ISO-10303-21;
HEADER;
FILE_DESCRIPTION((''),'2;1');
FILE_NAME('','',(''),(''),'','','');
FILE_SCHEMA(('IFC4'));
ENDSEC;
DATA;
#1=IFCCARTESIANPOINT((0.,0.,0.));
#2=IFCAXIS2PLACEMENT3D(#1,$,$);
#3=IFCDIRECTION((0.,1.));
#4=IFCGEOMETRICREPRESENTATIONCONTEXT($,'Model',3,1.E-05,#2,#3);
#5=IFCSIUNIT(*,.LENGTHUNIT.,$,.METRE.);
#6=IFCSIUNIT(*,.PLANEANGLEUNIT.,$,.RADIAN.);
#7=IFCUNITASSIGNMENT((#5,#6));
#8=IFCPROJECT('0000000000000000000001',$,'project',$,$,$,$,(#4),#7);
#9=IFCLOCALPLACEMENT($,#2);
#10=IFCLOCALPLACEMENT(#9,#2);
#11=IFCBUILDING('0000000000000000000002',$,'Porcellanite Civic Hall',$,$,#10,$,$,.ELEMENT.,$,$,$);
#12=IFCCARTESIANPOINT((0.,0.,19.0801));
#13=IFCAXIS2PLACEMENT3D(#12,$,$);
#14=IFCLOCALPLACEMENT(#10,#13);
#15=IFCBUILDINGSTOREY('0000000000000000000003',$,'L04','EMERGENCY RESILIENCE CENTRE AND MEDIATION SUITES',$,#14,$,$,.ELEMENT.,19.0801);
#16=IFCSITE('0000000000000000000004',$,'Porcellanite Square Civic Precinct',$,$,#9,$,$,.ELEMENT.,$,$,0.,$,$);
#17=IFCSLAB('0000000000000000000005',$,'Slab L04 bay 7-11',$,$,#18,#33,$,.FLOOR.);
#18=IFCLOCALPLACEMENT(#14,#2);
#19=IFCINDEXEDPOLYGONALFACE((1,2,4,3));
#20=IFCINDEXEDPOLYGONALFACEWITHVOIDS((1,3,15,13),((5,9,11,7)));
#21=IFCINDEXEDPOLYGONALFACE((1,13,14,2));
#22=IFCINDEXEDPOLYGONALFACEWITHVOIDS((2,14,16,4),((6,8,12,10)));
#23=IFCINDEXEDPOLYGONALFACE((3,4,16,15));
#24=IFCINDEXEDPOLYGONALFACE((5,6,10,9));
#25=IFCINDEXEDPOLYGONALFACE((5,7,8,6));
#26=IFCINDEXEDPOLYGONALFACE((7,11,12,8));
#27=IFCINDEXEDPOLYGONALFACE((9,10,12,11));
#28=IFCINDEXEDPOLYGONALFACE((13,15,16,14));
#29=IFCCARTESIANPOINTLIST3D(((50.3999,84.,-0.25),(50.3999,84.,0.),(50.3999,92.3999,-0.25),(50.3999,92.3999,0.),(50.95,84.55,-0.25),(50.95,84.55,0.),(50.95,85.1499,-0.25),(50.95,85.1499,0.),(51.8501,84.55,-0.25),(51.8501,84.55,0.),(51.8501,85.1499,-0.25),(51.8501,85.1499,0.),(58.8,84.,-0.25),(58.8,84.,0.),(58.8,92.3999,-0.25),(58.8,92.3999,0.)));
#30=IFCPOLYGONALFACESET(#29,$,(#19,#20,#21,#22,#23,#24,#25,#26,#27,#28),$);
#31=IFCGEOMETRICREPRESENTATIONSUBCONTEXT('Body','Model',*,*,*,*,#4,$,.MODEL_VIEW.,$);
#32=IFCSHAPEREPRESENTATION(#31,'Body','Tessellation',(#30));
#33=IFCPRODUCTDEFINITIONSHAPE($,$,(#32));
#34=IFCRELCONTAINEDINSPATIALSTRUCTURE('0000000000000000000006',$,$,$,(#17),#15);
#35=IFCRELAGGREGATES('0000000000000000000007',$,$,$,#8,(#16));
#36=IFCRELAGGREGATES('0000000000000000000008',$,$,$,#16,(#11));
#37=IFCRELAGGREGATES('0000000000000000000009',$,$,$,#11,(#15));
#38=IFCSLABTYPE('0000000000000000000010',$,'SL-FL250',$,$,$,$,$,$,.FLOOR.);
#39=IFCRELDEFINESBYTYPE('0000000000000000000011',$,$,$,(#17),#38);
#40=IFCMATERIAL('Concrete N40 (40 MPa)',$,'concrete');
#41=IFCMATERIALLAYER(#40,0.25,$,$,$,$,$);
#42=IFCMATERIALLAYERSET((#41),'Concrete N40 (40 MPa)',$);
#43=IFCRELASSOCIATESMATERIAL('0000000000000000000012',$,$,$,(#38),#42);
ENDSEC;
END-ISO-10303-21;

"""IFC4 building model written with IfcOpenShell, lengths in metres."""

from ifc_helpers import new_model, si_unit, direction, frame, origin, place, context, subcontext, project, spatial, polyline, outline, extrude, material, layer, layer_set, type_object, element, save


model = new_model("IFC4")

# Units and contexts
model_context = context("Model", 3, precision=1e-05, world=origin(), true_north=direction((0.0, 1.0)))
body_context = subcontext(model_context, "Body", "Model", "MODEL_VIEW")
ifc_project = project(units=[si_unit("LENGTHUNIT", "METRE"), si_unit("PLANEANGLEUNIT", "RADIAN")], contexts=[model_context])

# Site, building, storey
site_placement = place(None, origin())
site = spatial("IfcSite", under=ifc_project, at=site_placement, Name="Porcellanite Square Civic Precinct", CompositionType="ELEMENT", RefElevation=0.0)
building_placement = place(site_placement, origin())
building = spatial("IfcBuilding", under=site, at=building_placement, Name="Porcellanite Civic Hall", CompositionType="ELEMENT")
storey_placement = place(building_placement, frame((0.0, 0.0, 19.0801)))
storey = spatial("IfcBuildingStorey", under=building, at=storey_placement, Name="L04", Description="EMERGENCY RESILIENCE CENTRE AND MEDIATION SUITES", CompositionType="ELEMENT", Elevation=19.0801)

# Slab
ifc_material = material(Name="Concrete N40 (40 MPa)", Category="concrete")
ifc_layer = layer(ifc_material, 0.25)
ifc_layer_set = layer_set([ifc_layer], Name="Concrete N40 (40 MPa)")
slab_type = type_object("IfcSlabType", Name="SL-FL250", PredefinedType="FLOOR", material=ifc_layer_set)
slab_1_placement = place(storey_placement, frame((0.0, 0.0, -0.25)))
element("IfcSlab", 1, at=slab_1_placement, inside=storey, type_object=slab_type, Name="Slab L04 bay 7-11", PredefinedType="FLOOR", context=body_context, shape_type="SweptSolid", body=[
    extrude(outline(polyline([(50.3999, 84.0), (58.8, 84.0), (58.8, 92.3999), (50.3999, 92.3999), (50.3999, 84.0)]), holes=[polyline([(50.95, 84.55), (51.8501, 84.55), (51.8501, 85.1499), (50.95, 85.1499), (50.95, 84.55)])]), origin(), (0.0, 0.0, 1.0), 0.25),
])

save(model, "model.ifc")
